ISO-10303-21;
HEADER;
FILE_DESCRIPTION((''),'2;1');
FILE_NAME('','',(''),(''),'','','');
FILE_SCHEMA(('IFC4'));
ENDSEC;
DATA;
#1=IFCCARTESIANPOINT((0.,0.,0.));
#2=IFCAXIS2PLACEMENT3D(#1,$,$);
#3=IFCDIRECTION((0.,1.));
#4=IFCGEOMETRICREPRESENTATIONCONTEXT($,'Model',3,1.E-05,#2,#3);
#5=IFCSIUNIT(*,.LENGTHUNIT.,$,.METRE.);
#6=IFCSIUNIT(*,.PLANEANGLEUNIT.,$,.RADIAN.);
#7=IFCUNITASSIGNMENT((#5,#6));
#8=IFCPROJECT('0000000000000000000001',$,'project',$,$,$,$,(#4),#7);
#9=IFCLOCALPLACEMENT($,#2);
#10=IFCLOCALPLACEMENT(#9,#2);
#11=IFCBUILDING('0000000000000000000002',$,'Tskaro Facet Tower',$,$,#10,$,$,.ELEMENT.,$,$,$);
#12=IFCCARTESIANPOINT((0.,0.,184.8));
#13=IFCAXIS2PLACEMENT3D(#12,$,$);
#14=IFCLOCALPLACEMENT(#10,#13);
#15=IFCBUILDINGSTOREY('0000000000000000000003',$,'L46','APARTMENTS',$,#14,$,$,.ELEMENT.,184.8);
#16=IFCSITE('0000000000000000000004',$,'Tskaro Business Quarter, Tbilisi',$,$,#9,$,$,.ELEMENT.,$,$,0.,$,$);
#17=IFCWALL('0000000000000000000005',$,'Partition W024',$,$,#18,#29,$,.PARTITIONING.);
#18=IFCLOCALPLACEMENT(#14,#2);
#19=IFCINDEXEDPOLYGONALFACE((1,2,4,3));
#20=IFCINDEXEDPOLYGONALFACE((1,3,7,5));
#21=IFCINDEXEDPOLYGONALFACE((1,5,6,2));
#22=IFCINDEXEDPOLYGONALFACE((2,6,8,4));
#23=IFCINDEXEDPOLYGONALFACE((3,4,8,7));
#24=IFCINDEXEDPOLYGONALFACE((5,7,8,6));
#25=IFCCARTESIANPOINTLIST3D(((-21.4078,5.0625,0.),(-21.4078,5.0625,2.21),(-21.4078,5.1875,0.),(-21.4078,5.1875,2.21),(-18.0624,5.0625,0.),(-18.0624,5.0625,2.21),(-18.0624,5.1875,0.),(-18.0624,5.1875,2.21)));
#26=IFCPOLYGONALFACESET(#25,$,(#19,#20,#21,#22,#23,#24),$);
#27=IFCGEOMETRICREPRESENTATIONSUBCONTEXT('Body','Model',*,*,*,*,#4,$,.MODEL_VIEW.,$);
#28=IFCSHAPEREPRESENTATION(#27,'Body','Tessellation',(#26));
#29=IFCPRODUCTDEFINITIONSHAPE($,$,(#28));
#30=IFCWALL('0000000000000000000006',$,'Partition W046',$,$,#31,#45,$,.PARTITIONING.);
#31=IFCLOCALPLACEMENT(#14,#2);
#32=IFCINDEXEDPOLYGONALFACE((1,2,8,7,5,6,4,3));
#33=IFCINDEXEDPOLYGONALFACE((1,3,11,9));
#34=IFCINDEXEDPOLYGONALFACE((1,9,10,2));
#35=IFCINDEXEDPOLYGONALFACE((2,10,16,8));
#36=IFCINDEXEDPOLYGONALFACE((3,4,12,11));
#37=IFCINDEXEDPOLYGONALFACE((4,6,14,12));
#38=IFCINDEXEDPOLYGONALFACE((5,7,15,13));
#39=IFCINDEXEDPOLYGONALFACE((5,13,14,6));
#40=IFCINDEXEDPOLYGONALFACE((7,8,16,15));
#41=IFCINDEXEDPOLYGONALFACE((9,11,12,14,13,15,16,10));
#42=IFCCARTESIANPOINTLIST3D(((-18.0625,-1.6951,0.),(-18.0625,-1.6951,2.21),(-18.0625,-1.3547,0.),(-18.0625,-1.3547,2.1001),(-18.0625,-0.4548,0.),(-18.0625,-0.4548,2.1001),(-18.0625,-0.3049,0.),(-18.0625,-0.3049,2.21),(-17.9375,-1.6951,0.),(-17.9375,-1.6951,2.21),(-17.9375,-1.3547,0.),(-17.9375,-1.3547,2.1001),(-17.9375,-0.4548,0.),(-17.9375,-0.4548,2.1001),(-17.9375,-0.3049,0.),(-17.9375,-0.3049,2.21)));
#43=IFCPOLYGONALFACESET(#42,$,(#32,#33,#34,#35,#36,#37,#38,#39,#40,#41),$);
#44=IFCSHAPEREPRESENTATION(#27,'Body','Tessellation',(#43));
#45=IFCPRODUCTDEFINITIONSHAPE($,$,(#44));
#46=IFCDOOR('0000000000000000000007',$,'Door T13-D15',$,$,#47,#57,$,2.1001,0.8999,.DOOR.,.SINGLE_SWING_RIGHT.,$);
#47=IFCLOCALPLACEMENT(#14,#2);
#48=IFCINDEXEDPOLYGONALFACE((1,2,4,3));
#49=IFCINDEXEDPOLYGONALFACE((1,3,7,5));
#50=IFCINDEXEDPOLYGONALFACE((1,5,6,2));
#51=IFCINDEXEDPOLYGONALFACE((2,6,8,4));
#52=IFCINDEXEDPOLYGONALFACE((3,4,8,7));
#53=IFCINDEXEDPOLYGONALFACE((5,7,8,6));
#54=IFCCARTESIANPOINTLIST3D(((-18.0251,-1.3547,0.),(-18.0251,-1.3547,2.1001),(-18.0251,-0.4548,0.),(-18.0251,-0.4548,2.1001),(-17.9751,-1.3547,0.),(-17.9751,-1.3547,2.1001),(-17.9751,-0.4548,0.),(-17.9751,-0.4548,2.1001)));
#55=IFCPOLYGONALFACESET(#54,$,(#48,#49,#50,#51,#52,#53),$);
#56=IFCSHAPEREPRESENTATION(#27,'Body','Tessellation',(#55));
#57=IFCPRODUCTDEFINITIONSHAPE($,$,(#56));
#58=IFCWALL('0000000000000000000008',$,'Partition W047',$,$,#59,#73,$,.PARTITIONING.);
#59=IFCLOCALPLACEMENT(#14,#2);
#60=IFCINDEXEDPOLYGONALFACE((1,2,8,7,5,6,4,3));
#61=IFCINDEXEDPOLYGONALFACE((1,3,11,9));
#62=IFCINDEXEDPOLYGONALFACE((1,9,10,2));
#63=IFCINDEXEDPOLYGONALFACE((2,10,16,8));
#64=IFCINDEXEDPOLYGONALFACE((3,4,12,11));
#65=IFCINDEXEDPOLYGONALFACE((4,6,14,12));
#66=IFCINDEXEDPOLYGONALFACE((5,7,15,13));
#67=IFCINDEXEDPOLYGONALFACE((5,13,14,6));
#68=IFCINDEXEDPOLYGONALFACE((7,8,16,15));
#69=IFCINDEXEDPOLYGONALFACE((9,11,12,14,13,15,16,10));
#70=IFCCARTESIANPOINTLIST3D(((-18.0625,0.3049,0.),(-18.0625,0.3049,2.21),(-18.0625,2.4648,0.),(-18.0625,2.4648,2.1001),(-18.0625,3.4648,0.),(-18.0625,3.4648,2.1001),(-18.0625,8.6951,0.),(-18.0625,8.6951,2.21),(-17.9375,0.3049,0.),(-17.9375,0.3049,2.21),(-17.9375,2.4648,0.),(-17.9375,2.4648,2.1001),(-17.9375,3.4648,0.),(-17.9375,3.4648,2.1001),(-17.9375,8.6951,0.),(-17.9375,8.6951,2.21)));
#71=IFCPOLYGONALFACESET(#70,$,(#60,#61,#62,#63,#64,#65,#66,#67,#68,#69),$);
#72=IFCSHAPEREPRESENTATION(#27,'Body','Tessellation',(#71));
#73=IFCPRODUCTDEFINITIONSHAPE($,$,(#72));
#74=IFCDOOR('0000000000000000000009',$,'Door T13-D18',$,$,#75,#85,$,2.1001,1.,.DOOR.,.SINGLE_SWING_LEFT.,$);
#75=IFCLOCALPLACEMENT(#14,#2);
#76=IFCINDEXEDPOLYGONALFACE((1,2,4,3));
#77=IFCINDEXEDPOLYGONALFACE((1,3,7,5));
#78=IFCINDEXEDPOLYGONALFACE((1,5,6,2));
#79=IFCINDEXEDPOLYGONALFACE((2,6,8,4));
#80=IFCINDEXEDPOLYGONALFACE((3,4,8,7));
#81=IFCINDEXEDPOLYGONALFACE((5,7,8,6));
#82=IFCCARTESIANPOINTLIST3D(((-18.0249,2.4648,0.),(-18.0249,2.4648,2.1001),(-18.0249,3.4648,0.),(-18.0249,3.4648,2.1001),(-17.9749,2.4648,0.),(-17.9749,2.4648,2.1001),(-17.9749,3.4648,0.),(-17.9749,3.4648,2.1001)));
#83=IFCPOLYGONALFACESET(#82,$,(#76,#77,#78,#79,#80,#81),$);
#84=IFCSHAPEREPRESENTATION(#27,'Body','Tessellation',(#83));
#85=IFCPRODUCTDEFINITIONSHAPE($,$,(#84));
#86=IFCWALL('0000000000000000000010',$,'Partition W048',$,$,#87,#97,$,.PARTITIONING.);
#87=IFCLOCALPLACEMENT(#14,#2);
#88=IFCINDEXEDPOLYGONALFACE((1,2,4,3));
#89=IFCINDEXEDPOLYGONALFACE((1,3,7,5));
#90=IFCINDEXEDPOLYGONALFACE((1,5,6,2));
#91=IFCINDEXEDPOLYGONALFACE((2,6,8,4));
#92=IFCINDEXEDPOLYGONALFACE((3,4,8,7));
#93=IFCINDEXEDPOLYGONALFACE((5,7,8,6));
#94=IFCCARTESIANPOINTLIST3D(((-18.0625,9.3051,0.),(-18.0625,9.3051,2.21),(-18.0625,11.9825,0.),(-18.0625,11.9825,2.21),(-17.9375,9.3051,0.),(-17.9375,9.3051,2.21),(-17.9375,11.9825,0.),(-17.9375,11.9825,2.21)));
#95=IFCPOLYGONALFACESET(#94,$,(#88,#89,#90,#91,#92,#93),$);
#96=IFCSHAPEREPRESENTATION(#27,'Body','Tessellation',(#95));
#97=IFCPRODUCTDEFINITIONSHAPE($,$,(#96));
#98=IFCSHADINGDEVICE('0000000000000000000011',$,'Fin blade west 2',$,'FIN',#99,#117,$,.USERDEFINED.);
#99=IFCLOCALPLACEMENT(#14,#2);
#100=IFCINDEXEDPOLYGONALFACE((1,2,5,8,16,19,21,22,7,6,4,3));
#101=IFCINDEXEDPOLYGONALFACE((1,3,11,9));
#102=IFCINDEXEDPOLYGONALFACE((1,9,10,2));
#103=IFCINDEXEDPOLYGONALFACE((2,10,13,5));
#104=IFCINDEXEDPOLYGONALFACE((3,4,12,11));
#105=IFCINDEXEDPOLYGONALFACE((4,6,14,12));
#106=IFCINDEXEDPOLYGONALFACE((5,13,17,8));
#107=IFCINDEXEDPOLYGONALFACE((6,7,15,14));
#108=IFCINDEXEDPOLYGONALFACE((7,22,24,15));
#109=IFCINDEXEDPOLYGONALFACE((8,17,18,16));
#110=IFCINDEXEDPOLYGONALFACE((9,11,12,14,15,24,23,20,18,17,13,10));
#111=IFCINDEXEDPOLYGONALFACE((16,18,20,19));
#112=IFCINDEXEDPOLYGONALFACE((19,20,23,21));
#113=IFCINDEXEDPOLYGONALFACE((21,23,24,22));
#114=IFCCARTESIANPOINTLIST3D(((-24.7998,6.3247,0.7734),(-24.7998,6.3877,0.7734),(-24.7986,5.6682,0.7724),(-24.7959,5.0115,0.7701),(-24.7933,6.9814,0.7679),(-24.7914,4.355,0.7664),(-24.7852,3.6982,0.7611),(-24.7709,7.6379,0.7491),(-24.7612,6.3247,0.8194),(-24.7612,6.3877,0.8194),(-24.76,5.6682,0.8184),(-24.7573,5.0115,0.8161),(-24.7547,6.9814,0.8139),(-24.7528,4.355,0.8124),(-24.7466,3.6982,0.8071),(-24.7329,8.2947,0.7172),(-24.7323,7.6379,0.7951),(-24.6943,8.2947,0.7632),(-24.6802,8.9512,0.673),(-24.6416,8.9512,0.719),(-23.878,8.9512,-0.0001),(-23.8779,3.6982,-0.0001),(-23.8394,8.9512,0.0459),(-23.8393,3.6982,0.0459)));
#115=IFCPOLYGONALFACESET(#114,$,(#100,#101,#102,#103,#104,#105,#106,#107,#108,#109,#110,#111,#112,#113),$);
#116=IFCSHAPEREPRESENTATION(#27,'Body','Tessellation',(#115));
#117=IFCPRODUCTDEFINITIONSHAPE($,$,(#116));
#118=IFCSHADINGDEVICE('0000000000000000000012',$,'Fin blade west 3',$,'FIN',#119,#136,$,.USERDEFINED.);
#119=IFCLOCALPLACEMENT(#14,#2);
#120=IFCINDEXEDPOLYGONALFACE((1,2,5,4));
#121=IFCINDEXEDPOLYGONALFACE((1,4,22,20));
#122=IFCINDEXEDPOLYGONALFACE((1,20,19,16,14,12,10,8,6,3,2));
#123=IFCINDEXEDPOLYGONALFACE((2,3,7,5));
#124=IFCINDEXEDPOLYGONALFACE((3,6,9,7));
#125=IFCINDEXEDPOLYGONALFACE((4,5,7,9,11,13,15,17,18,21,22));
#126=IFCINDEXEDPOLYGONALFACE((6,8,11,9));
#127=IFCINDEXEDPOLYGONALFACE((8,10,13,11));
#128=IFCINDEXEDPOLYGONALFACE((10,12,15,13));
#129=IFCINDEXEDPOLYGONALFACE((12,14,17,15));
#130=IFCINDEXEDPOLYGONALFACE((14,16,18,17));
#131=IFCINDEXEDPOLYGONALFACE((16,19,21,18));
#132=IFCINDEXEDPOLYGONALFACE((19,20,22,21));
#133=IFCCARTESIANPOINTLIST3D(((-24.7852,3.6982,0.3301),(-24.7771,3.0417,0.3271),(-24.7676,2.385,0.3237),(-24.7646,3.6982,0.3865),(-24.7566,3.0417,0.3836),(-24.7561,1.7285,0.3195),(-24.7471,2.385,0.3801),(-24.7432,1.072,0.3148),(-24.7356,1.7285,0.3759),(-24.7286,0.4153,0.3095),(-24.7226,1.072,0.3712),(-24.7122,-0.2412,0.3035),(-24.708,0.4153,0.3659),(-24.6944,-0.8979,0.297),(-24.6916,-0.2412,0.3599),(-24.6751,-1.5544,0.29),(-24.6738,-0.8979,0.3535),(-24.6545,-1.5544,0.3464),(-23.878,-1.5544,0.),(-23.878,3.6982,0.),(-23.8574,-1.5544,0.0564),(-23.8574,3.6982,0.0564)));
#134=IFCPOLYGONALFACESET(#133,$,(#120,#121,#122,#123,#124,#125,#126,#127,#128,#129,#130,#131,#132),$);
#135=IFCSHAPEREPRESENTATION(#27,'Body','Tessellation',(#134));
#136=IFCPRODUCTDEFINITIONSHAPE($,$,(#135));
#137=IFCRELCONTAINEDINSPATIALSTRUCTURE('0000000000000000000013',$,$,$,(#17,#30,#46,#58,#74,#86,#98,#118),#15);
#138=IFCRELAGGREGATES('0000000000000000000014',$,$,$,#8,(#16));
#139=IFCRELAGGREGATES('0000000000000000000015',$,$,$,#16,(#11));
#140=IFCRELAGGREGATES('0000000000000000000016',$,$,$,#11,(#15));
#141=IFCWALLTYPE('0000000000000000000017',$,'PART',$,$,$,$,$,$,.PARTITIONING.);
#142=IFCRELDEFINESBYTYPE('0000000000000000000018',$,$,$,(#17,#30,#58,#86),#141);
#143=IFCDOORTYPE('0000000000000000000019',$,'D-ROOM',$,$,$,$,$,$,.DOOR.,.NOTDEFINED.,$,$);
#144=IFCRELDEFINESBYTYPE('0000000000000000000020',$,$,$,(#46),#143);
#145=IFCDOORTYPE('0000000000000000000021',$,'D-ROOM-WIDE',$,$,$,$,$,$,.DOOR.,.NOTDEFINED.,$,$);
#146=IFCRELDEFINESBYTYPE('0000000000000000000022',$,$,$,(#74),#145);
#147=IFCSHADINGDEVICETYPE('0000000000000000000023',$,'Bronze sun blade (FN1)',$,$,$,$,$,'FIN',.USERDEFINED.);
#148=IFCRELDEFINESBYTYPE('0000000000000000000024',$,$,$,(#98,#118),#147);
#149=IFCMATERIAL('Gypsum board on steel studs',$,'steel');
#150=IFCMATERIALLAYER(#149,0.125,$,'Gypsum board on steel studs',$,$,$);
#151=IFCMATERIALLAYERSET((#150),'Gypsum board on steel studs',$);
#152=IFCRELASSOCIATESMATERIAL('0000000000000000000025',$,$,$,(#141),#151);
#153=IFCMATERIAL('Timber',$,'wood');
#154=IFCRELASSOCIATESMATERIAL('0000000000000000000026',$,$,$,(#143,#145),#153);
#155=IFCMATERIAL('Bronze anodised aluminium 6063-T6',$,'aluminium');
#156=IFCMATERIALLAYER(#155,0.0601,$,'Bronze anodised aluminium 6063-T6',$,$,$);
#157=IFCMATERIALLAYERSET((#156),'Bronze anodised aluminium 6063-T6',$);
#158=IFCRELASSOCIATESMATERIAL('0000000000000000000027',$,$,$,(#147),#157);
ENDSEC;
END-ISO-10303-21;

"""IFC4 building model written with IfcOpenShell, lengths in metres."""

from ifc_helpers import new_model, si_unit, direction, frame, frame_2d, origin, place, context, subcontext, project, spatial, polyline, rectangle, outline, extrude, material, layer, layer_set, type_object, element, fill, save


model = new_model("IFC4")

# Units and contexts
model_context = context("Model", 3, precision=1e-05, world=origin(), true_north=direction((0.0, 1.0)))
body_context = subcontext(model_context, "Body", "Model", "MODEL_VIEW")
ifc_project = project(units=[si_unit("LENGTHUNIT", "METRE"), si_unit("PLANEANGLEUNIT", "RADIAN")], contexts=[model_context])

# Site, building, storey
site_placement = place(None, origin())
site = spatial("IfcSite", under=ifc_project, at=site_placement, Name="Tskaro Business Quarter, Tbilisi", CompositionType="ELEMENT", RefElevation=0.0)
building_placement = place(site_placement, origin())
building = spatial("IfcBuilding", under=site, at=building_placement, Name="Tskaro Facet Tower", CompositionType="ELEMENT")
storey_placement = place(building_placement, frame((0.0, 0.0, 184.8)))
storey = spatial("IfcBuildingStorey", under=building, at=storey_placement, Name="L46", Description="APARTMENTS", CompositionType="ELEMENT", Elevation=184.8)

# Shared definitions
ifc_material_1 = material(Name="Bronze anodised aluminium 6063-T6", Category="aluminium")

# Wall
ifc_material_2 = material(Name="Gypsum board on steel studs", Category="steel")
ifc_layer_1 = layer(ifc_material_2, 0.125, Name="Gypsum board on steel studs")
ifc_layer_set_1 = layer_set([ifc_layer_1], Name="Gypsum board on steel studs")
wall_type = type_object("IfcWallType", Name="PART", PredefinedType="PARTITIONING", material=ifc_layer_set_1)
wall_1_placement = place(storey_placement, frame((-21.408, 5.125, 0.0), z_axis=(0.0, 0.0, 1.0), x_axis=(1.0, 0.0, 0.0)))
element("IfcWall", 1, at=wall_1_placement, inside=storey, type_object=wall_type, Name="Partition W024", PredefinedType="PARTITIONING", context=body_context, shape_type="SweptSolid", body=[
    extrude(rectangle(XDim=3.3455, YDim=0.125, at=frame_2d((1.6729, 0.0))), origin(), (0.0, 0.0, 1.0), 2.21),
])

# Walls, openings, doors
wall_2_placement = place(storey_placement, frame((-18.0, -0.3049, 0.0), z_axis=(0.0, 0.0, 1.0), x_axis=(0.0, -1.0, 0.0)))
wall_2 = element("IfcWall", 2, at=wall_2_placement, inside=storey, type_object=wall_type, Name="Partition W046", PredefinedType="PARTITIONING", context=body_context, shape_type="SweptSolid", body=[
    extrude(rectangle(XDim=1.3901, YDim=0.125, at=frame_2d((0.6951, 0.0))), origin(), (0.0, 0.0, 1.0), 2.21),
])
opening_1_placement = place(wall_2_placement, frame((0.1499, 0.0, 0.0)))
opening_1 = element("IfcOpeningElement", 3, at=opening_1_placement, cuts=wall_2, PredefinedType="OPENING", context=body_context, shape_type="SweptSolid", body=[
    extrude(rectangle(XDim=0.8999, YDim=2.1001, at=frame_2d((0.45, 1.05))), frame((0.0, 0.0725, 0.0), z_axis=(0.0, -1.0, 0.0), x_axis=(1.0, 0.0, 0.0)), (0.0, 0.0, 1.0), 0.145),
])
ifc_material_3 = material(Name="Timber", Category="wood")
door_type_1 = type_object("IfcDoorType", Name="D-ROOM", OperationType="NOTDEFINED", PredefinedType="DOOR", material=ifc_material_3)
door_1_placement = place(opening_1_placement, origin())
door_1 = element("IfcDoor", 4, at=door_1_placement, inside=storey, type_object=door_type_1, Name="Door T13-D15", OperationType="SINGLE_SWING_RIGHT", OverallHeight=2.1001, OverallWidth=0.8999, PredefinedType="DOOR", context=body_context, shape_type="SweptSolid", body=[
    extrude(rectangle(XDim=0.8999, YDim=2.1001, at=frame_2d((0.45, 1.05))), frame((0.0, 0.0249, 0.0), z_axis=(0.0, -1.0, 0.0), x_axis=(1.0, 0.0, 0.0)), (0.0, 0.0, 1.0), 0.05),
])
fill(opening_1, door_1)
wall_3_placement = place(storey_placement, frame((-18.0, 0.3049, 0.0), z_axis=(0.0, 0.0, 1.0), x_axis=(0.0, 1.0, 0.0)))
wall_3 = element("IfcWall", 5, at=wall_3_placement, inside=storey, type_object=wall_type, Name="Partition W047", PredefinedType="PARTITIONING", context=body_context, shape_type="SweptSolid", body=[
    extrude(rectangle(XDim=8.3901, YDim=0.125, at=frame_2d((4.1951, 0.0))), origin(), (0.0, 0.0, 1.0), 2.21),
])
opening_2_placement = place(wall_3_placement, frame((2.1599, 0.0, 0.0)))
opening_2 = element("IfcOpeningElement", 6, at=opening_2_placement, cuts=wall_3, PredefinedType="OPENING", context=body_context, shape_type="SweptSolid", body=[
    extrude(rectangle(XDim=1.0, YDim=2.1001, at=frame_2d((0.5, 1.05))), frame((0.0, 0.0725, 0.0), z_axis=(0.0, -1.0, 0.0), x_axis=(1.0, 0.0, 0.0)), (0.0, 0.0, 1.0), 0.145),
])
door_type_2 = type_object("IfcDoorType", Name="D-ROOM-WIDE", OperationType="NOTDEFINED", PredefinedType="DOOR", material=ifc_material_3)
door_2_placement = place(opening_2_placement, origin())
door_2 = element("IfcDoor", 7, at=door_2_placement, inside=storey, type_object=door_type_2, Name="Door T13-D18", OperationType="SINGLE_SWING_LEFT", OverallHeight=2.1001, OverallWidth=1.0, PredefinedType="DOOR", context=body_context, shape_type="SweptSolid", body=[
    extrude(rectangle(XDim=1.0, YDim=2.1001, at=frame_2d((0.5, 1.05))), frame((0.0, 0.0249, 0.0), z_axis=(0.0, -1.0, 0.0), x_axis=(1.0, 0.0, 0.0)), (0.0, 0.0, 1.0), 0.05),
])
fill(opening_2, door_2)

# Wall
wall_4_placement = place(storey_placement, frame((-18.0, 9.3049, 0.0), z_axis=(0.0, 0.0, 1.0), x_axis=(0.0, 1.0, 0.0)))
element("IfcWall", 8, at=wall_4_placement, inside=storey, type_object=wall_type, Name="Partition W048", PredefinedType="PARTITIONING", context=body_context, shape_type="SweptSolid", body=[
    extrude(rectangle(XDim=2.6775, YDim=0.125, at=frame_2d((1.3389, 0.0))), origin(), (0.0, 0.0, 1.0), 2.21),
])

# Shading devices
ifc_layer_2 = layer(ifc_material_1, 0.0601, Name="Bronze anodised aluminium 6063-T6")
ifc_layer_set_2 = layer_set([ifc_layer_2], Name="Bronze anodised aluminium 6063-T6")
shading_device_type = type_object("IfcShadingDeviceType", Name="Bronze sun blade (FN1)", ElementType="FIN", PredefinedType="USERDEFINED", material=ifc_layer_set_2)
shading_device_1_placement = place(storey_placement, frame((-23.8394, 8.9512, 0.0459), z_axis=(0.642761, 0.000003, 0.766067), x_axis=(0.000002, -1.0, 0.000002)))
element("IfcShadingDevice", 9, at=shading_device_1_placement, inside=storey, type_object=shading_device_type, Name="Fin blade west 2", ObjectType="FIN", PredefinedType="USERDEFINED", context=body_context, shape_type="SweptSolid", body=[
    extrude(outline(polyline([(0.0, 0.0), (5.2529, 0.0), (5.2529, -1.1843), (4.5962, -1.1924), (3.9397, -1.1983), (3.283, -1.2018), (2.6265, -1.2034), (2.5635, -1.2034), (1.9697, -1.1949), (1.3132, -1.1656), (0.6565, -1.116), (0.0, -1.0472), (0.0, 0.0)])), origin(), (0.0, 0.0, -1.0), 0.0601),
])
shading_device_2_placement = place(storey_placement, frame((-23.8574, 3.6982, 0.0564), z_axis=(0.341925, 0.000002, 0.939727), x_axis=(0.000001, -1.0, 0.000002)))
element("IfcShadingDevice", 10, at=shading_device_2_placement, inside=storey, type_object=shading_device_type, Name="Fin blade west 3", ObjectType="FIN", PredefinedType="USERDEFINED", context=body_context, shape_type="SweptSolid", body=[
    extrude(outline(polyline([(0.0, 0.0), (5.2527, 0.0), (5.2527, -0.8482), (4.5962, -0.8688), (3.9395, -0.8877), (3.283, -0.9052), (2.6262, -0.9207), (1.9697, -0.9345), (1.3132, -0.9467), (0.6565, -0.9568), (0.0, -0.9654), (0.0, 0.0)])), origin(), (0.0, 0.0, -1.0), 0.0601),
])

save(model, "model.ifc")
